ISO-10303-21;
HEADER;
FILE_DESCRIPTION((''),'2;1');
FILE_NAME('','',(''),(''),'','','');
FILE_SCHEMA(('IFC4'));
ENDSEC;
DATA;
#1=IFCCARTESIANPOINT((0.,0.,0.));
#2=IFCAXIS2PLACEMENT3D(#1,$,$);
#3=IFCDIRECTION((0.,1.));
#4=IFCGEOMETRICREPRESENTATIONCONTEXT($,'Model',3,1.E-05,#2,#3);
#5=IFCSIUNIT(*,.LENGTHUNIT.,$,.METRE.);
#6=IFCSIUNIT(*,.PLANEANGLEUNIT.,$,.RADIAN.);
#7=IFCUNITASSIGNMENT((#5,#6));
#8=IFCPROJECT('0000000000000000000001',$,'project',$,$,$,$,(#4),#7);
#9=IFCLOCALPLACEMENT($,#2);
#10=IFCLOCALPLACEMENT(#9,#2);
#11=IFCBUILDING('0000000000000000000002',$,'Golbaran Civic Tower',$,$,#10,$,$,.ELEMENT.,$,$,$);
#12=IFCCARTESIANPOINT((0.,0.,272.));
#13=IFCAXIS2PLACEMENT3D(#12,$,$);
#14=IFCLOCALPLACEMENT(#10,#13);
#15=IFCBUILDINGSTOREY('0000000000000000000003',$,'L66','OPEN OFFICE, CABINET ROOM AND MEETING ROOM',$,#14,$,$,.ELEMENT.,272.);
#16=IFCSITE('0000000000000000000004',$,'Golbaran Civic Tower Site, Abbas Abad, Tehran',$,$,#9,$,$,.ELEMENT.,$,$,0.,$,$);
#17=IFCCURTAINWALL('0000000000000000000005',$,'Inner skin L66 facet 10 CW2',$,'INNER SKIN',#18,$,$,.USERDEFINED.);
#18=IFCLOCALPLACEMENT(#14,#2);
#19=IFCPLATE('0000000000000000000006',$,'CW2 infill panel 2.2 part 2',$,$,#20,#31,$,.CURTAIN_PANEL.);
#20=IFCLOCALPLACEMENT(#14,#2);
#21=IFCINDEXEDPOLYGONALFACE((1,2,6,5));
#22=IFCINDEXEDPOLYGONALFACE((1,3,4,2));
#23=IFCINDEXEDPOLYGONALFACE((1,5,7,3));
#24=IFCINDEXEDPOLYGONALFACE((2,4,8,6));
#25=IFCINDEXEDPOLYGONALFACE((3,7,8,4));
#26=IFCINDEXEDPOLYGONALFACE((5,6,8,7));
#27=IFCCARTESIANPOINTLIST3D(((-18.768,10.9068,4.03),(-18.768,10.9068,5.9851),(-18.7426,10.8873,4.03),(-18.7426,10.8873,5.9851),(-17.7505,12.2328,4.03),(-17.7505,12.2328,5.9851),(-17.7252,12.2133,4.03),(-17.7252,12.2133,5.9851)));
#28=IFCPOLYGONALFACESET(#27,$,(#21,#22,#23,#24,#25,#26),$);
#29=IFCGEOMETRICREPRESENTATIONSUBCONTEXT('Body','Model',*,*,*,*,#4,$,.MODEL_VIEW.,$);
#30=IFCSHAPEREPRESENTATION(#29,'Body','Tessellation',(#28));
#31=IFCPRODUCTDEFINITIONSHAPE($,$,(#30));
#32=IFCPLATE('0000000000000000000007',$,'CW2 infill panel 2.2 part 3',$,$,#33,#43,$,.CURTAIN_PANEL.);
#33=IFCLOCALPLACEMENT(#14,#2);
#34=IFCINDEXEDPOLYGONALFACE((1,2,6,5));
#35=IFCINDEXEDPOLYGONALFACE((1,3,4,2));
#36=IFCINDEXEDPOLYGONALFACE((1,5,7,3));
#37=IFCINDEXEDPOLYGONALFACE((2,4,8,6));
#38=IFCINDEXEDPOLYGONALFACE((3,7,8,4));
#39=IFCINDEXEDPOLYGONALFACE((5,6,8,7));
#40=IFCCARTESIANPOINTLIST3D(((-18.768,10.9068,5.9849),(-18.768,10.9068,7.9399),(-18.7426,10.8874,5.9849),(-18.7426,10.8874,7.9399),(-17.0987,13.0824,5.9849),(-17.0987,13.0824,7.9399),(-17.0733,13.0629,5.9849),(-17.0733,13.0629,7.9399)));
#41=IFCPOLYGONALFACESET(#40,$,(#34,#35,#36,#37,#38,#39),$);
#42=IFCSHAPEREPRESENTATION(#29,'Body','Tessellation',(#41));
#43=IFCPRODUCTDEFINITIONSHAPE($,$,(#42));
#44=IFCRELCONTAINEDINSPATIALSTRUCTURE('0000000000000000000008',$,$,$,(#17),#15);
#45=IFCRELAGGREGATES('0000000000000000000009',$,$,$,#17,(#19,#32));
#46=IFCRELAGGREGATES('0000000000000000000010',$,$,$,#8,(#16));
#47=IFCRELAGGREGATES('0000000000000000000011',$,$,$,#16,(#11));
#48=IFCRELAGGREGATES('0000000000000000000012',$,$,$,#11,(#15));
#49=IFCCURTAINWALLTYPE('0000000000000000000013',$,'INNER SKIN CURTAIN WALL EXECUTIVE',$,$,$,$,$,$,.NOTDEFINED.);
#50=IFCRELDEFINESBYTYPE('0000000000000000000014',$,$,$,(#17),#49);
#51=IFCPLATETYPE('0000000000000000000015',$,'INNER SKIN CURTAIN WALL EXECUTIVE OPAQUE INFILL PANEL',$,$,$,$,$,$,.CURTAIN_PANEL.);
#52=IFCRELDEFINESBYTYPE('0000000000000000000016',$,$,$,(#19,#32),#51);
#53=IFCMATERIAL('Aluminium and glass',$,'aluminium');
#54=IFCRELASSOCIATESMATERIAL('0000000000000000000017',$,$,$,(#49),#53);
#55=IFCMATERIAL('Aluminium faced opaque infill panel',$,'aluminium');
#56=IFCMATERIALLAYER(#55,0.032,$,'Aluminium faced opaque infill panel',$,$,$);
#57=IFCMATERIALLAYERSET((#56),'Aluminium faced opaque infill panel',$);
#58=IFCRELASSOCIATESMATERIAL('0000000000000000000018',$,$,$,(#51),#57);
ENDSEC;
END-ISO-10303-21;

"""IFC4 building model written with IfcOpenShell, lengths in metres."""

from ifc_helpers import new_model, si_unit, direction, frame, origin, origin_2d, place, context, subcontext, project, spatial, rectangle, extrude, material, layer, layer_set, type_object, element, aggregate, save


model = new_model("IFC4")

# Units and contexts
model_context = context("Model", 3, precision=1e-05, world=origin(), true_north=direction((0.0, 1.0)))
body_context = subcontext(model_context, "Body", "Model", "MODEL_VIEW")
ifc_project = project(units=[si_unit("LENGTHUNIT", "METRE"), si_unit("PLANEANGLEUNIT", "RADIAN")], contexts=[model_context])

# Site, building, storey
site_placement = place(None, origin())
site = spatial("IfcSite", under=ifc_project, at=site_placement, Name="Golbaran Civic Tower Site, Abbas Abad, Tehran", CompositionType="ELEMENT", RefElevation=0.0)
building_placement = place(site_placement, origin())
building = spatial("IfcBuilding", under=site, at=building_placement, Name="Golbaran Civic Tower", CompositionType="ELEMENT")
storey_placement = place(building_placement, frame((0.0, 0.0, 272.0)))
storey = spatial("IfcBuildingStorey", under=building, at=storey_placement, Name="L66", Description="OPEN OFFICE, CABINET ROOM AND MEETING ROOM", CompositionType="ELEMENT", Elevation=272.0)

# Curtain wall
ifc_material_1 = material(Name="Aluminium and glass", Category="aluminium")
curtain_wall_type = type_object("IfcCurtainWallType", Name="INNER SKIN CURTAIN WALL EXECUTIVE", PredefinedType="NOTDEFINED", material=ifc_material_1)
curtain_wall_1_placement = place(storey_placement, origin())
curtain_wall_1 = element("IfcCurtainWall", 1, at=curtain_wall_1_placement, inside=storey, type_object=curtain_wall_type, Name="Inner skin L66 facet 10 CW2", ObjectType="INNER SKIN", PredefinedType="USERDEFINED")

# Plates
ifc_material_2 = material(Name="Aluminium faced opaque infill panel", Category="aluminium")
ifc_layer_1 = layer(ifc_material_2, 0.032, Name="Aluminium faced opaque infill panel")
ifc_layer_set_1 = layer_set([ifc_layer_1], Name="Aluminium faced opaque infill panel")
plate_type_1 = type_object("IfcPlateType", Name="INNER SKIN CURTAIN WALL EXECUTIVE OPAQUE INFILL PANEL", PredefinedType="CURTAIN_PANEL", material=ifc_layer_set_1)
plate_1_placement = place(storey_placement, frame((-18.2466, 11.5601, 4.03), z_axis=(0.0, 0.0, 1.0), x_axis=(-0.608761, -0.793353, 0.0)))
plate_1 = element("IfcPlate", 2, at=plate_1_placement, type_object=plate_type_1, Name="CW2 infill panel 2.2 part 2", PredefinedType="CURTAIN_PANEL", context=body_context, shape_type="SweptSolid", body=[
    extrude(rectangle(XDim=1.6714, YDim=0.032, at=origin_2d()), origin(), (0.0, 0.0, 1.0), 1.9551),
])
plate_2_placement = place(storey_placement, frame((-17.9207, 11.9849, 5.9849), z_axis=(0.0, 0.0, 1.0), x_axis=(-0.608761, -0.793353, 0.0)))
plate_2 = element("IfcPlate", 3, at=plate_2_placement, type_object=plate_type_1, Name="CW2 infill panel 2.2 part 3", PredefinedType="CURTAIN_PANEL", context=body_context, shape_type="SweptSolid", body=[
    extrude(rectangle(XDim=2.7422, YDim=0.032, at=origin_2d()), origin(), (0.0, 0.0, 1.0), 1.9551),
])
aggregate(curtain_wall_1, [plate_1, plate_2])

save(model, "model.ifc")
